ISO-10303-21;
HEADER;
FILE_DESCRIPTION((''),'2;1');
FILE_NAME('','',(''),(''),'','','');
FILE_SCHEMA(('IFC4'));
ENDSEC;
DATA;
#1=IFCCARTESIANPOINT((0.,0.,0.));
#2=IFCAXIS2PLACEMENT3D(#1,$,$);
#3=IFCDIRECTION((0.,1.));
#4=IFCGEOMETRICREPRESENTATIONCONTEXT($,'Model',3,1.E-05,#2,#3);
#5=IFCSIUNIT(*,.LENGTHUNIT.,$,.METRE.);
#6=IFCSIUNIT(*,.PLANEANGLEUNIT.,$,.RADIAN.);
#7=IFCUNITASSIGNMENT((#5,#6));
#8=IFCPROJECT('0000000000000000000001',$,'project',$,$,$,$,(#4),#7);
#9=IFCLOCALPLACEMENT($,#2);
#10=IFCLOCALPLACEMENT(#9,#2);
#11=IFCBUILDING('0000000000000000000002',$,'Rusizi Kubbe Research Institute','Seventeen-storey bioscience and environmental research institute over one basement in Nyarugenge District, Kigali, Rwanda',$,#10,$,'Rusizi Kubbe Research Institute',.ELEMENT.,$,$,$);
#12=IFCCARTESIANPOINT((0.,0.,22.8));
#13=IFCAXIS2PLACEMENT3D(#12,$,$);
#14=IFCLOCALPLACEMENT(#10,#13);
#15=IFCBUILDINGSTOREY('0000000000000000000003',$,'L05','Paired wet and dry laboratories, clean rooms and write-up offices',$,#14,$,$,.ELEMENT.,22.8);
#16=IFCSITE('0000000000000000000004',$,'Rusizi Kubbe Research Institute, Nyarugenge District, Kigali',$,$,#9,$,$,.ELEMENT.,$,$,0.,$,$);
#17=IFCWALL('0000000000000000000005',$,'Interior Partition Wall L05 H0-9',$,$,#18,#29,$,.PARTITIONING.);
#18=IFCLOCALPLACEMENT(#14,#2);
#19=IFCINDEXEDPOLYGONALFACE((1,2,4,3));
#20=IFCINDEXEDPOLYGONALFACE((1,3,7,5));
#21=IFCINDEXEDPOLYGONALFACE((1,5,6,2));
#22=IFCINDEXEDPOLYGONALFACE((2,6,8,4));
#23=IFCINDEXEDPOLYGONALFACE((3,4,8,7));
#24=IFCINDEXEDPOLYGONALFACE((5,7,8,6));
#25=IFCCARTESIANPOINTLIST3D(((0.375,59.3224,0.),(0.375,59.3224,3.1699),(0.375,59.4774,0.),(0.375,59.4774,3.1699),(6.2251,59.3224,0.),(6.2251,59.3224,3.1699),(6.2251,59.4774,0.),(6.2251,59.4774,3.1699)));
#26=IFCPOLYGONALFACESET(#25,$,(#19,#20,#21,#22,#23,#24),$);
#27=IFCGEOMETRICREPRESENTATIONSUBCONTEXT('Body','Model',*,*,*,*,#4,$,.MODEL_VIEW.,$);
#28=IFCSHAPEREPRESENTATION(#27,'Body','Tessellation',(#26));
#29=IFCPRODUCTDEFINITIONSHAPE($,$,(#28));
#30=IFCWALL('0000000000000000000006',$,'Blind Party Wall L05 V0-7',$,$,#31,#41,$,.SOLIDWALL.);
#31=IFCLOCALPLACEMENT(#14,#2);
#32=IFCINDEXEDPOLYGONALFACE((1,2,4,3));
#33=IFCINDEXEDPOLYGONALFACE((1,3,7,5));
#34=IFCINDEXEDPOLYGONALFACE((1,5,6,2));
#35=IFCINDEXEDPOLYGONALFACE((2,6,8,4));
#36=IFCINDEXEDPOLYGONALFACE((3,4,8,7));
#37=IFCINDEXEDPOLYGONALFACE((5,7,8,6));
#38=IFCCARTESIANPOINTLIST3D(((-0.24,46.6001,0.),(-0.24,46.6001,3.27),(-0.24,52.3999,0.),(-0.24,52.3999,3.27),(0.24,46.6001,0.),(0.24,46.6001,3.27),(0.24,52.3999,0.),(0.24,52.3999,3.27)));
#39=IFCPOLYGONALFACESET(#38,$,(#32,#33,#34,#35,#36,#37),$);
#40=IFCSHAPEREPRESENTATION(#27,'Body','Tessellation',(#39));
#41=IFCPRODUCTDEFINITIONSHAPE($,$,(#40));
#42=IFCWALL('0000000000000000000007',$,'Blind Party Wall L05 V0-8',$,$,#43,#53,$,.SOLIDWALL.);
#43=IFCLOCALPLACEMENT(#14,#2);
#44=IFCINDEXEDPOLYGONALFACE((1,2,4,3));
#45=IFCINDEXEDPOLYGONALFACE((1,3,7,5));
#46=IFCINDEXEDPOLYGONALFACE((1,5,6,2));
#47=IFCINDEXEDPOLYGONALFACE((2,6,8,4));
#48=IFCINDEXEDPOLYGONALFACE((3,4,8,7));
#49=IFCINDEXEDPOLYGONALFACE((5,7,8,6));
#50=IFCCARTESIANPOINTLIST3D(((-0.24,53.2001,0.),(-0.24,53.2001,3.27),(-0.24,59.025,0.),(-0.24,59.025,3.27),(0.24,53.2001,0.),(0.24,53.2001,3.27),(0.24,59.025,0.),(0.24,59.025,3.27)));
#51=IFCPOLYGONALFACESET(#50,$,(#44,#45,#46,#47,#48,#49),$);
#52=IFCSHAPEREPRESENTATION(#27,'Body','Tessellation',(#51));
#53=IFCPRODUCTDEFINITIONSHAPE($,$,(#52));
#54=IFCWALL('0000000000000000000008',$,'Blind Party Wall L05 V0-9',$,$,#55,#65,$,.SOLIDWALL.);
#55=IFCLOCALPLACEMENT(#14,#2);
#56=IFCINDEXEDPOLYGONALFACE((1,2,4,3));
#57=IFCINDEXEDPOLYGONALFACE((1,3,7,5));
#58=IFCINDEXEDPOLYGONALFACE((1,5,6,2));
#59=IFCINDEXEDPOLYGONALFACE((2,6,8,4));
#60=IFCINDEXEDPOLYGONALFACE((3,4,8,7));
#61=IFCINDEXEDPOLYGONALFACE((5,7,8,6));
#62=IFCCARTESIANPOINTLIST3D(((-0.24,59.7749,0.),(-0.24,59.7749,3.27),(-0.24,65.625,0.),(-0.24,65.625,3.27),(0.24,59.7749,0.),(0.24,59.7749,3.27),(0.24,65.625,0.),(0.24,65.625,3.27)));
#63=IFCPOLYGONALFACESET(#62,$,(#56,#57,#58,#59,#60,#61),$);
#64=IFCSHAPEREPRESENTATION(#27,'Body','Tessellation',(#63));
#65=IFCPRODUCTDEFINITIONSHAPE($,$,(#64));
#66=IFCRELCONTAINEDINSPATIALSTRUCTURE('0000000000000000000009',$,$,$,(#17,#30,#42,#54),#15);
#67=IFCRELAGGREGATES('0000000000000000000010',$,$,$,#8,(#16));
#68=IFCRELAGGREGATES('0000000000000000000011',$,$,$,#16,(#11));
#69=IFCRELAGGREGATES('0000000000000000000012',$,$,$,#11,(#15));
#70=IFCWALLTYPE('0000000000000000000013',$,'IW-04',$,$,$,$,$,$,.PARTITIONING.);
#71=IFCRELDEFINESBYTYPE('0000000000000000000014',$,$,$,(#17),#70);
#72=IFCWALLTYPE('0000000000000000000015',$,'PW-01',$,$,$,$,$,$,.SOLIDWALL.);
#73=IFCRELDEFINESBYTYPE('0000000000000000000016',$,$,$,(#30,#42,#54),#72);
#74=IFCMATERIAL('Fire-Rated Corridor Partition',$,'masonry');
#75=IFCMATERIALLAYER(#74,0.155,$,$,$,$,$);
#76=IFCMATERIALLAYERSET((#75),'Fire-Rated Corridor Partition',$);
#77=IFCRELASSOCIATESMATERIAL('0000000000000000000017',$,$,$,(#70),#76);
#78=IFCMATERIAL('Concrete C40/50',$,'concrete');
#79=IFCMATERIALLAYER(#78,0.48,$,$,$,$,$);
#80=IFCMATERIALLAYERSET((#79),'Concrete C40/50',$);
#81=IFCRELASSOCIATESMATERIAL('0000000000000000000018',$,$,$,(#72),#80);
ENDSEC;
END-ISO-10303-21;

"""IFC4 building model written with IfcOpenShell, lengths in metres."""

from ifc_helpers import new_model, si_unit, direction, frame, frame_2d, origin, place, context, subcontext, project, spatial, rectangle, extrude, material, layer, layer_set, type_object, element, save


model = new_model("IFC4")

# Units and contexts
model_context = context("Model", 3, precision=1e-05, world=origin(), true_north=direction((0.0, 1.0)))
body_context = subcontext(model_context, "Body", "Model", "MODEL_VIEW")
ifc_project = project(units=[si_unit("LENGTHUNIT", "METRE"), si_unit("PLANEANGLEUNIT", "RADIAN")], contexts=[model_context])

# Site, building, storey
site_placement = place(None, origin())
site = spatial("IfcSite", under=ifc_project, at=site_placement, Name="Rusizi Kubbe Research Institute, Nyarugenge District, Kigali", CompositionType="ELEMENT", RefElevation=0.0)
building_placement = place(site_placement, origin())
building = spatial("IfcBuilding", under=site, at=building_placement, Name="Rusizi Kubbe Research Institute", Description="Seventeen-storey bioscience and environmental research institute over one basement in Nyarugenge District, Kigali, Rwanda", LongName="Rusizi Kubbe Research Institute", CompositionType="ELEMENT")
storey_placement = place(building_placement, frame((0.0, 0.0, 22.8)))
storey = spatial("IfcBuildingStorey", under=building, at=storey_placement, Name="L05", Description="Paired wet and dry laboratories, clean rooms and write-up offices", CompositionType="ELEMENT", Elevation=22.8)

# Walls
ifc_material_1 = material(Name="Fire-Rated Corridor Partition", Category="masonry")
ifc_layer_1 = layer(ifc_material_1, 0.155)
ifc_layer_set_1 = layer_set([ifc_layer_1], Name="Fire-Rated Corridor Partition")
wall_type_1 = type_object("IfcWallType", Name="IW-04", PredefinedType="PARTITIONING", material=ifc_layer_set_1)
wall_1_placement = place(storey_placement, frame((0.375, 59.3999, 0.0), z_axis=(0.0, 0.0, 1.0), x_axis=(1.0, 0.0, 0.0)))
element("IfcWall", 1, at=wall_1_placement, inside=storey, type_object=wall_type_1, Name="Interior Partition Wall L05 H0-9", PredefinedType="PARTITIONING", context=body_context, shape_type="SweptSolid", body=[
    extrude(rectangle(XDim=5.8501, YDim=0.155, at=frame_2d((2.925, 0.0))), origin(), (0.0, 0.0, 1.0), 3.1699),
])
ifc_material_2 = material(Name="Concrete C40/50", Category="concrete")
ifc_layer_2 = layer(ifc_material_2, 0.48)
ifc_layer_set_2 = layer_set([ifc_layer_2], Name="Concrete C40/50")
wall_type_2 = type_object("IfcWallType", Name="PW-01", PredefinedType="SOLIDWALL", material=ifc_layer_set_2)
wall_2_placement = place(storey_placement, frame((0.0, 46.6001, 0.0), z_axis=(0.0, 0.0, 1.0), x_axis=(0.0, 1.0, 0.0)))
element("IfcWall", 2, at=wall_2_placement, inside=storey, type_object=wall_type_2, Name="Blind Party Wall L05 V0-7", PredefinedType="SOLIDWALL", context=body_context, shape_type="SweptSolid", body=[
    extrude(rectangle(XDim=5.7998, YDim=0.48, at=frame_2d((2.8999, 0.0))), origin(), (0.0, 0.0, 1.0), 3.27),
])
wall_3_placement = place(storey_placement, frame((0.0, 53.2, 0.0), z_axis=(0.0, 0.0, 1.0), x_axis=(0.0, 1.0, 0.0)))
element("IfcWall", 3, at=wall_3_placement, inside=storey, type_object=wall_type_2, Name="Blind Party Wall L05 V0-8", PredefinedType="SOLIDWALL", context=body_context, shape_type="SweptSolid", body=[
    extrude(rectangle(XDim=5.825, YDim=0.48, at=frame_2d((2.9126, 0.0))), origin(), (0.0, 0.0, 1.0), 3.27),
])
wall_4_placement = place(storey_placement, frame((0.0, 59.7749, 0.0), z_axis=(0.0, 0.0, 1.0), x_axis=(0.0, 1.0, 0.0)))
element("IfcWall", 4, at=wall_4_placement, inside=storey, type_object=wall_type_2, Name="Blind Party Wall L05 V0-9", PredefinedType="SOLIDWALL", context=body_context, shape_type="SweptSolid", body=[
    extrude(rectangle(XDim=5.8501, YDim=0.48, at=frame_2d((2.925, 0.0))), origin(), (0.0, 0.0, 1.0), 3.27),
])

save(model, "model.ifc")
